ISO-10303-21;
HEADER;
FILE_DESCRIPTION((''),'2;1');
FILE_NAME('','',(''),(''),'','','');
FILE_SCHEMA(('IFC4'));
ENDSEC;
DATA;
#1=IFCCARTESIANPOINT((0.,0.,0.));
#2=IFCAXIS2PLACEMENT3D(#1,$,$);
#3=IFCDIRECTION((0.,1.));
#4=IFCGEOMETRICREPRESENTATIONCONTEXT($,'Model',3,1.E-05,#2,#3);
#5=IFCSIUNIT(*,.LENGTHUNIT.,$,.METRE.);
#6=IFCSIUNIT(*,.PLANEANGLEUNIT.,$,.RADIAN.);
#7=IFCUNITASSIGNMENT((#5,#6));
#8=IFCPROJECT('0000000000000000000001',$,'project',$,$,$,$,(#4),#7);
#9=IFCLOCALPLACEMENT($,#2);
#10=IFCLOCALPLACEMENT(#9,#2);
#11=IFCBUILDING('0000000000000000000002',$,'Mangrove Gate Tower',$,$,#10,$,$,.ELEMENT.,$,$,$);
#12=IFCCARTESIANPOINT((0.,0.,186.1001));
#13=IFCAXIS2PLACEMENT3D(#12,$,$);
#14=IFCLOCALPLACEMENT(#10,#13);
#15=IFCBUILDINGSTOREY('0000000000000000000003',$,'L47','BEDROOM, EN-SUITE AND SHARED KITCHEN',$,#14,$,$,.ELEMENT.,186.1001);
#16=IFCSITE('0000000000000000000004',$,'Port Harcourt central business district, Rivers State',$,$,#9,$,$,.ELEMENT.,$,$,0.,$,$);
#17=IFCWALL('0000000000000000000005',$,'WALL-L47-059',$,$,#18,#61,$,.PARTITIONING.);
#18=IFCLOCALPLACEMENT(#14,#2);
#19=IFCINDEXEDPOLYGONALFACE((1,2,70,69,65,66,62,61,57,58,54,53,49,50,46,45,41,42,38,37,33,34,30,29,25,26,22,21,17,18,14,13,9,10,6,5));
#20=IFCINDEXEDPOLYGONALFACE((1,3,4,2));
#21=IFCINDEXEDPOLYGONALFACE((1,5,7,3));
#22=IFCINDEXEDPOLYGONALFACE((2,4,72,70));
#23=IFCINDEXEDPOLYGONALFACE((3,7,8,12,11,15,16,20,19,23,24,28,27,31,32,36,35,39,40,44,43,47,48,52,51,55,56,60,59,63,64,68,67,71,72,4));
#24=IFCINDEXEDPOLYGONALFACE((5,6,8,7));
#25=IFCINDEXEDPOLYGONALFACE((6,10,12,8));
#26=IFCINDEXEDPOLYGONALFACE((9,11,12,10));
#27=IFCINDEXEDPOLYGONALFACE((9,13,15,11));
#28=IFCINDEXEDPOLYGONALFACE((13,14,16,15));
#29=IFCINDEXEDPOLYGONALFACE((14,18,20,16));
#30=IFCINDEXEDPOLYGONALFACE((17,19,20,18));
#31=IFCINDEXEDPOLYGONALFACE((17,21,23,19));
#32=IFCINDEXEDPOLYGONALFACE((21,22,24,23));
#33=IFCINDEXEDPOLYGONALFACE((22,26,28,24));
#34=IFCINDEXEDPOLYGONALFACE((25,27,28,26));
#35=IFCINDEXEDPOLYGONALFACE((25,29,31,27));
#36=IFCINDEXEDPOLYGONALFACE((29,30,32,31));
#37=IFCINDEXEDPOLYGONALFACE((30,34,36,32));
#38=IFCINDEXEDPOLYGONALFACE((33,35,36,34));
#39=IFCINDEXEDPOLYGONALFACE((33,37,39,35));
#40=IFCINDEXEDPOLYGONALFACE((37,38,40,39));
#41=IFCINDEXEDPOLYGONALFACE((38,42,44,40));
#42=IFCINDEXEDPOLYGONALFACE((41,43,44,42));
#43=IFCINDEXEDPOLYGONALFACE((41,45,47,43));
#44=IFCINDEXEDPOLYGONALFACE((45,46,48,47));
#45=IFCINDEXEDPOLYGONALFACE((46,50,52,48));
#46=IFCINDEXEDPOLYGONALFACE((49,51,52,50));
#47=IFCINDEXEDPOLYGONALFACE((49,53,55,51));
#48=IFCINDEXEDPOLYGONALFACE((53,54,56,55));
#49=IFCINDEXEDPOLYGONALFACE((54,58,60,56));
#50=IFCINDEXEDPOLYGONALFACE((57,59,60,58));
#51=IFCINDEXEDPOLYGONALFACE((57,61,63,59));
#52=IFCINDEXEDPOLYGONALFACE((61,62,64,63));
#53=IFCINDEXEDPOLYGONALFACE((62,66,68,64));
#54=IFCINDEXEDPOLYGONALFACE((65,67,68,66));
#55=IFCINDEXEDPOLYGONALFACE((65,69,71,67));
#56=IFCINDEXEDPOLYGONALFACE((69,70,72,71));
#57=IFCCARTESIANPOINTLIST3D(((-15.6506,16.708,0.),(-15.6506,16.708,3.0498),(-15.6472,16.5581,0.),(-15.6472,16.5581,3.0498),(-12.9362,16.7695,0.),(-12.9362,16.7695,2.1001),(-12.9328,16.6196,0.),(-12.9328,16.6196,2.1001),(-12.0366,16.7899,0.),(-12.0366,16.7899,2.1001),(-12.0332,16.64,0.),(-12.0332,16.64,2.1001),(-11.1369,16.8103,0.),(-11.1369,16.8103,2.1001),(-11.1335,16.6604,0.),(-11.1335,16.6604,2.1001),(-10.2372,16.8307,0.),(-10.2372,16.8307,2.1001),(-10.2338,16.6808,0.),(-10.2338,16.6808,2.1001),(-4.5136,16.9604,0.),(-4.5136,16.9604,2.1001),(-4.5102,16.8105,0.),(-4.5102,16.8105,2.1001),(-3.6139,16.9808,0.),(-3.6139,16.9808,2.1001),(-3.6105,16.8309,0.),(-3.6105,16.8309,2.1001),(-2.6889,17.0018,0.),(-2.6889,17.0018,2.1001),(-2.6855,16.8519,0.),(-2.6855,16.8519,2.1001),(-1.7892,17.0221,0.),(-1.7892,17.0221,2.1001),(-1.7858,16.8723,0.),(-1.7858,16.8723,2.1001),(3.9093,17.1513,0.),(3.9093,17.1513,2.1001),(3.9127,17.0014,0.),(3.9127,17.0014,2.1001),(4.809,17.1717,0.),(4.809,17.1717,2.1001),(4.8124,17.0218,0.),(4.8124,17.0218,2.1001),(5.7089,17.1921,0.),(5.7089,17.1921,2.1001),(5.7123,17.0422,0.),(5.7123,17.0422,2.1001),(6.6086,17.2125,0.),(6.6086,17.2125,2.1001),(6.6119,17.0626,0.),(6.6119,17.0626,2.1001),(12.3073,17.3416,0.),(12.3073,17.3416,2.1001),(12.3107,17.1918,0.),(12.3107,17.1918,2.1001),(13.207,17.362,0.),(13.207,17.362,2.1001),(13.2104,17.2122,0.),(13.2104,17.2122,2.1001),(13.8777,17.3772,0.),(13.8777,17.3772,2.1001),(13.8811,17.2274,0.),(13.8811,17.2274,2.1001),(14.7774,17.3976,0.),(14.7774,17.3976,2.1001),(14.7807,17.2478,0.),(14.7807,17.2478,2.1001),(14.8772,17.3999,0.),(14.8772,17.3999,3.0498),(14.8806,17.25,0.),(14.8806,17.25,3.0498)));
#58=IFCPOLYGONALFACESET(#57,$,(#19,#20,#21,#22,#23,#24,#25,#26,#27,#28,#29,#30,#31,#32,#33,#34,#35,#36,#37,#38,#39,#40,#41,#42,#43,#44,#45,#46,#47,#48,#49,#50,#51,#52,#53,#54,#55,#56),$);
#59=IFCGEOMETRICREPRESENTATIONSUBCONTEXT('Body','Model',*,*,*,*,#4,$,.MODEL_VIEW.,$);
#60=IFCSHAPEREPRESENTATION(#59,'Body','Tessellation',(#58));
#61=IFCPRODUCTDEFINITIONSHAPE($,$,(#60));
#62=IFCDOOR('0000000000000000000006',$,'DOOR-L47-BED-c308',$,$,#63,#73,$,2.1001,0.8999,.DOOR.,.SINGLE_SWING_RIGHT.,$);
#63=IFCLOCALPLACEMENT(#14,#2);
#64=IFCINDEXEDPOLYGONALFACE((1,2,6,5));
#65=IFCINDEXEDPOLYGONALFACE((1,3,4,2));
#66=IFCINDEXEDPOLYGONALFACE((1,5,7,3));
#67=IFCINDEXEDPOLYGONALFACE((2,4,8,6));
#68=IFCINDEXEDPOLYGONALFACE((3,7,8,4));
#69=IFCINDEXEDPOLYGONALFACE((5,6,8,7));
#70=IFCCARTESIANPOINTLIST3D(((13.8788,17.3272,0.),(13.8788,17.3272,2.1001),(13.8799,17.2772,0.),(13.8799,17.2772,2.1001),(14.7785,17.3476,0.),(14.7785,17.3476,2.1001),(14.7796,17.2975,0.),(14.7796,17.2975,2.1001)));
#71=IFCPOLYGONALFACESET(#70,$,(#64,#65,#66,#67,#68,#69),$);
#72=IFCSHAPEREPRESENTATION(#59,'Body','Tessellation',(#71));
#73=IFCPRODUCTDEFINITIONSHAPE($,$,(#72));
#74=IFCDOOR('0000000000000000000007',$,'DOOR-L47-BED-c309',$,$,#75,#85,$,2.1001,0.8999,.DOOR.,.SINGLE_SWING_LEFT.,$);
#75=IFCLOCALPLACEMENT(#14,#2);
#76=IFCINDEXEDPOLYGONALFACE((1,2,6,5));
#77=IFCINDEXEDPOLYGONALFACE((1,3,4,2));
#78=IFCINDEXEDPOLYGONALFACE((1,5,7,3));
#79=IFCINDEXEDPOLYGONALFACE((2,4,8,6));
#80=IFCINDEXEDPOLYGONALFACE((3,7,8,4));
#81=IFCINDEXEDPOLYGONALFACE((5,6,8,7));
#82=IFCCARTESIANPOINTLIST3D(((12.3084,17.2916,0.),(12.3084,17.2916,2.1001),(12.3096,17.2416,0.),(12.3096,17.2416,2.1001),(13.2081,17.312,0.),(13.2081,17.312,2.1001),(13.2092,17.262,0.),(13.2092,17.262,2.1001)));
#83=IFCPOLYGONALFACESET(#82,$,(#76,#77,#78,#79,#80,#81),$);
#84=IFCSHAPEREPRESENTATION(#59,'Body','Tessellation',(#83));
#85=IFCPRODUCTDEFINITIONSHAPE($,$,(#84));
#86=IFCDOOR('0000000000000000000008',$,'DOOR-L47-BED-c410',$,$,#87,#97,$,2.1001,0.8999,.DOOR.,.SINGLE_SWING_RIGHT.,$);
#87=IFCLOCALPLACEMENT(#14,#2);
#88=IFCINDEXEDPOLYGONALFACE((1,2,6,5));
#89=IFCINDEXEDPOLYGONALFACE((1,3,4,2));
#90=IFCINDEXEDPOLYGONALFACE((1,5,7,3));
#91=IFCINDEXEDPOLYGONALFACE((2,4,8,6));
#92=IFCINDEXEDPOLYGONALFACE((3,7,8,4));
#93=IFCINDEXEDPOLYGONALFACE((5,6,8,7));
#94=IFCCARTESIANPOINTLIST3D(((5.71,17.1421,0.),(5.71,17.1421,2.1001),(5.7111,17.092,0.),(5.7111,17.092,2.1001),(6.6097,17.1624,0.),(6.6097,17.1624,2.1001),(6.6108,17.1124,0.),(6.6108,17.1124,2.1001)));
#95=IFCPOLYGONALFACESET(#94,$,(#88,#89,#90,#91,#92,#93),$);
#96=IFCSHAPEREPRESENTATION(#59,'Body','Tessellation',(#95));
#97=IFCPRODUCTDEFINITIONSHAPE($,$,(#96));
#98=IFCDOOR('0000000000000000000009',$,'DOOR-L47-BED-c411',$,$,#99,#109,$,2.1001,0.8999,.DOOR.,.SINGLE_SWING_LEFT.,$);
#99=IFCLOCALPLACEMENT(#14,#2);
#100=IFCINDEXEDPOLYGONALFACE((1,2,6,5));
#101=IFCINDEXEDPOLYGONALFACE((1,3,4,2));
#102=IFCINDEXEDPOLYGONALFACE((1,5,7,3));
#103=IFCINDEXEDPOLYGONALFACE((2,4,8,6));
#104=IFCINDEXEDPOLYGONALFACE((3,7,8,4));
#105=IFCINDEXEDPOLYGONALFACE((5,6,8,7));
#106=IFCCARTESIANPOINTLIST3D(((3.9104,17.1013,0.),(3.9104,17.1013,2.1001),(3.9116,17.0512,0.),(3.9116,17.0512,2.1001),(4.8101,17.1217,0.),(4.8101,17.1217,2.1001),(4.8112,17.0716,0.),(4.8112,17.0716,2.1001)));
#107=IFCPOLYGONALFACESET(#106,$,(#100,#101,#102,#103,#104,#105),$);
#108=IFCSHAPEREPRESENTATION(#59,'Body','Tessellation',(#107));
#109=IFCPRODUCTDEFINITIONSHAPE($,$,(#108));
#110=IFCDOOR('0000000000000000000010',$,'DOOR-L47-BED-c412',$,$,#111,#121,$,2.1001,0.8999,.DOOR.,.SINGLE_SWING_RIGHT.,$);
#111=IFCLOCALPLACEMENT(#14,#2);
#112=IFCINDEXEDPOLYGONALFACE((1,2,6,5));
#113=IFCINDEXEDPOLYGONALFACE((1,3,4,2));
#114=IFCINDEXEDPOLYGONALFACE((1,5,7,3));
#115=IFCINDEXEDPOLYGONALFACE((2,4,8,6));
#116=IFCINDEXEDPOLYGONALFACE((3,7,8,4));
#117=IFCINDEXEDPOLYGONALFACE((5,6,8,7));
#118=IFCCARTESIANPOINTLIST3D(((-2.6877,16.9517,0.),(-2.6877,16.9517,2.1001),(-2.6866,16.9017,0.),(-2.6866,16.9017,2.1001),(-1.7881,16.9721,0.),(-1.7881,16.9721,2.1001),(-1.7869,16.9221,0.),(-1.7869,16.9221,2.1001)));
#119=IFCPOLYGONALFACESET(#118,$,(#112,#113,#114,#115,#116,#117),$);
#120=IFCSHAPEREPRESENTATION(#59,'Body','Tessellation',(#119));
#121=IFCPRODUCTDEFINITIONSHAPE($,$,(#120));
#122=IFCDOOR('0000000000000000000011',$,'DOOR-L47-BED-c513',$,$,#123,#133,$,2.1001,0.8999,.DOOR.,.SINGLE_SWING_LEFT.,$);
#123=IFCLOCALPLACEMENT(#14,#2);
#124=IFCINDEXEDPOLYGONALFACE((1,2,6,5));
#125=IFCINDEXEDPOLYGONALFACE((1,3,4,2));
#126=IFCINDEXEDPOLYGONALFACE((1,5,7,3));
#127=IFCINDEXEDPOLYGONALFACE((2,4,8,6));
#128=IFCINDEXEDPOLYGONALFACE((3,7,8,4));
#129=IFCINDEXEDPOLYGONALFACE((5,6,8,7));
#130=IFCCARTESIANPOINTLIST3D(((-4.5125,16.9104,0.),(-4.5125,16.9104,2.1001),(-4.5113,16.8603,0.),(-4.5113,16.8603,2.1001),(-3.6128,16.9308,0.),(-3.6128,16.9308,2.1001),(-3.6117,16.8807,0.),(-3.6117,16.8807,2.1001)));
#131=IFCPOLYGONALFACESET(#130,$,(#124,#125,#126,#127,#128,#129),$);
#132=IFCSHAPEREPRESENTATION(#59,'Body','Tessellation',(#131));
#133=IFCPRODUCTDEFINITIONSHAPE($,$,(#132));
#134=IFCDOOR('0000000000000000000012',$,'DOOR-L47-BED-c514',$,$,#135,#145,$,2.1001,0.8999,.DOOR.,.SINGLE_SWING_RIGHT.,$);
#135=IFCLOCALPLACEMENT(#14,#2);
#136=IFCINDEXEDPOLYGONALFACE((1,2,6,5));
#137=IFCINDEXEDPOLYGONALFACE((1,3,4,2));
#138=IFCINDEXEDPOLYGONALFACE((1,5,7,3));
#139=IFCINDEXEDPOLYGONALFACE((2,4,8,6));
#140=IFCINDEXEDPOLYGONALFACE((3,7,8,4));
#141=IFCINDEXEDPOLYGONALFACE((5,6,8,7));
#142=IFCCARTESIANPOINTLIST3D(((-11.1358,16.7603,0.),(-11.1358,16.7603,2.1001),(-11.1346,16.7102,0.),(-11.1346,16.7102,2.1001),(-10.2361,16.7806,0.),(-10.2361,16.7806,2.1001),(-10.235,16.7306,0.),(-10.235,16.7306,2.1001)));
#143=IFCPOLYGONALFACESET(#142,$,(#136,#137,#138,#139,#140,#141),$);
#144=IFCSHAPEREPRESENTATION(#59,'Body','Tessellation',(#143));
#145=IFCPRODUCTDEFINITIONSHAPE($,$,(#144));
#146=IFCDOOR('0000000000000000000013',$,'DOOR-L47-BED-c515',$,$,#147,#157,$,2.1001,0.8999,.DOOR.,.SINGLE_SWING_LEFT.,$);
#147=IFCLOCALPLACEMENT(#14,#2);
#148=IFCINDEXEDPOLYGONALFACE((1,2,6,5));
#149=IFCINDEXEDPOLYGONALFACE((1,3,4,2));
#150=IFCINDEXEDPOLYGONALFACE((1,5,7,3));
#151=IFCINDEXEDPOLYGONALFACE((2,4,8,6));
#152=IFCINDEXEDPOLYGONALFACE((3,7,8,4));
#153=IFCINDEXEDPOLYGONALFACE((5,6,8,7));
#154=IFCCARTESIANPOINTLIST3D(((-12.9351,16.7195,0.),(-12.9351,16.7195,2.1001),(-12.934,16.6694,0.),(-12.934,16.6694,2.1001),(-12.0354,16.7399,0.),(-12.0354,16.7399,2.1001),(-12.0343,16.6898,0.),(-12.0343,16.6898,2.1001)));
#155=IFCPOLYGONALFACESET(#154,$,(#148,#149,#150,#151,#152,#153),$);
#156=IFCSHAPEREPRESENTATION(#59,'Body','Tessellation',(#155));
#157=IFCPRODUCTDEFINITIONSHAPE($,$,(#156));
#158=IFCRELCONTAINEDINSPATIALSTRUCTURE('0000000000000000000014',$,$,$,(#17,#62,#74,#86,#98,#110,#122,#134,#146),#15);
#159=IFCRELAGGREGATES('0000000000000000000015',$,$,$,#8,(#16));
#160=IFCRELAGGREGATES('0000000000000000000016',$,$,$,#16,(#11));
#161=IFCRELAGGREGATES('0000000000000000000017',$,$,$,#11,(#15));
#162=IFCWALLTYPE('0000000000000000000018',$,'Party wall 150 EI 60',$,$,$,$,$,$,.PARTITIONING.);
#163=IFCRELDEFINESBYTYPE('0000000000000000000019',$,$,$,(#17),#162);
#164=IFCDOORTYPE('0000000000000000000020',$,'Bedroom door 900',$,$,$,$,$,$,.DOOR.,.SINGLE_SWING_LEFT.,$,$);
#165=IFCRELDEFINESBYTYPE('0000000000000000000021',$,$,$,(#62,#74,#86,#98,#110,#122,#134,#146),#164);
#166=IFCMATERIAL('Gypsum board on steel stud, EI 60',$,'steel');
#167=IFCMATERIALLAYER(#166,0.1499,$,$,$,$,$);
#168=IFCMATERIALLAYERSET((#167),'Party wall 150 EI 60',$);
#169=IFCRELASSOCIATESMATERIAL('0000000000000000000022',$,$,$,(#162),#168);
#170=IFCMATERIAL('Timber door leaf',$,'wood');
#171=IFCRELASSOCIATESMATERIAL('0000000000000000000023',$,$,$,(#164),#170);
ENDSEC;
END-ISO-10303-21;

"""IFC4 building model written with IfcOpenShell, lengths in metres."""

from ifc_helpers import new_model, si_unit, direction, frame, frame_2d, origin, place, context, subcontext, project, spatial, rectangle, extrude, material, layer, layer_set, type_object, element, fill, save


model = new_model("IFC4")

# Units and contexts
model_context = context("Model", 3, precision=1e-05, world=origin(), true_north=direction((0.0, 1.0)))
body_context = subcontext(model_context, "Body", "Model", "MODEL_VIEW")
ifc_project = project(units=[si_unit("LENGTHUNIT", "METRE"), si_unit("PLANEANGLEUNIT", "RADIAN")], contexts=[model_context])

# Site, building, storey
site_placement = place(None, origin())
site = spatial("IfcSite", under=ifc_project, at=site_placement, Name="Port Harcourt central business district, Rivers State", CompositionType="ELEMENT", RefElevation=0.0)
building_placement = place(site_placement, origin())
building = spatial("IfcBuilding", under=site, at=building_placement, Name="Mangrove Gate Tower", CompositionType="ELEMENT")
storey_placement = place(building_placement, frame((0.0, 0.0, 186.1001)))
storey = spatial("IfcBuildingStorey", under=building, at=storey_placement, Name="L47", Description="BEDROOM, EN-SUITE AND SHARED KITCHEN", CompositionType="ELEMENT", Elevation=186.1001)

# Wall, openings, doors
ifc_material_1 = material(Name="Gypsum board on steel stud, EI 60", Category="steel")
ifc_layer_1 = layer(ifc_material_1, 0.1499)
ifc_layer_set_1 = layer_set([ifc_layer_1], Name="Party wall 150 EI 60")
wall_type_1 = type_object("IfcWallType", Name="Party wall 150 EI 60", PredefinedType="PARTITIONING", material=ifc_layer_set_1)
wall_1_placement = place(storey_placement, frame((-15.6489, 16.6331, 0.0), z_axis=(0.0, 0.0, 1.0), x_axis=(0.999743, 0.022659, 0.0)))
wall_1 = element("IfcWall", 1, at=wall_1_placement, inside=storey, type_object=wall_type_1, Name="WALL-L47-059", PredefinedType="PARTITIONING", context=body_context, shape_type="SweptSolid", body=[
    extrude(rectangle(XDim=30.5356, YDim=0.1499, at=frame_2d((15.2678, 0.0))), origin(), (0.0, 0.0, 1.0), 3.0498),
])
opening_1_placement = place(wall_1_placement, frame((29.5359, 0.0, 0.0)))
opening_1 = element("IfcOpeningElement", 2, at=opening_1_placement, cuts=wall_1, PredefinedType="OPENING", context=body_context, shape_type="SweptSolid", body=[
    extrude(rectangle(XDim=0.8999, YDim=2.1001, at=frame_2d((0.45, 1.05))), frame((0.0, 0.085, 0.0), z_axis=(0.0, -1.0, 0.0), x_axis=(1.0, 0.0, 0.0)), (0.0, 0.0, 1.0), 0.1699),
])
opening_2_placement = place(wall_1_placement, frame((27.9651, 0.0, 0.0)))
opening_2 = element("IfcOpeningElement", 3, at=opening_2_placement, cuts=wall_1, PredefinedType="OPENING", context=body_context, shape_type="SweptSolid", body=[
    extrude(rectangle(XDim=0.8999, YDim=2.1001, at=frame_2d((0.45, 1.05))), frame((0.0, 0.085, 0.0), z_axis=(0.0, -1.0, 0.0), x_axis=(1.0, 0.0, 0.0)), (0.0, 0.0, 1.0), 0.1699),
])
opening_3_placement = place(wall_1_placement, frame((21.365, 0.0, 0.0)))
opening_3 = element("IfcOpeningElement", 4, at=opening_3_placement, cuts=wall_1, PredefinedType="OPENING", context=body_context, shape_type="SweptSolid", body=[
    extrude(rectangle(XDim=0.8999, YDim=2.1001, at=frame_2d((0.45, 1.05))), frame((0.0, 0.085, 0.0), z_axis=(0.0, -1.0, 0.0), x_axis=(1.0, 0.0, 0.0)), (0.0, 0.0, 1.0), 0.1699),
])
opening_4_placement = place(wall_1_placement, frame((19.5649, 0.0, 0.0)))
opening_4 = element("IfcOpeningElement", 5, at=opening_4_placement, cuts=wall_1, PredefinedType="OPENING", context=body_context, shape_type="SweptSolid", body=[
    extrude(rectangle(XDim=0.8999, YDim=2.1001, at=frame_2d((0.45, 1.05))), frame((0.0, 0.085, 0.0), z_axis=(0.0, -1.0, 0.0), x_axis=(1.0, 0.0, 0.0)), (0.0, 0.0, 1.0), 0.1699),
])
opening_5_placement = place(wall_1_placement, frame((12.9651, 0.0, 0.0)))
opening_5 = element("IfcOpeningElement", 6, at=opening_5_placement, cuts=wall_1, PredefinedType="OPENING", context=body_context, shape_type="SweptSolid", body=[
    extrude(rectangle(XDim=0.8999, YDim=2.1001, at=frame_2d((0.45, 1.05))), frame((0.0, 0.085, 0.0), z_axis=(0.0, -1.0, 0.0), x_axis=(1.0, 0.0, 0.0)), (0.0, 0.0, 1.0), 0.1699),
])
opening_6_placement = place(wall_1_placement, frame((11.1399, 0.0, 0.0)))
opening_6 = element("IfcOpeningElement", 7, at=opening_6_placement, cuts=wall_1, PredefinedType="OPENING", context=body_context, shape_type="SweptSolid", body=[
    extrude(rectangle(XDim=0.8999, YDim=2.1001, at=frame_2d((0.45, 1.05))), frame((0.0, 0.085, 0.0), z_axis=(0.0, -1.0, 0.0), x_axis=(1.0, 0.0, 0.0)), (0.0, 0.0, 1.0), 0.1699),
])
opening_7_placement = place(wall_1_placement, frame((4.5149, 0.0, 0.0)))
opening_7 = element("IfcOpeningElement", 8, at=opening_7_placement, cuts=wall_1, PredefinedType="OPENING", context=body_context, shape_type="SweptSolid", body=[
    extrude(rectangle(XDim=0.8999, YDim=2.1001, at=frame_2d((0.45, 1.05))), frame((0.0, 0.085, 0.0), z_axis=(0.0, -1.0, 0.0), x_axis=(1.0, 0.0, 0.0)), (0.0, 0.0, 1.0), 0.1699),
])
opening_8_placement = place(wall_1_placement, frame((2.7151, 0.0, 0.0)))
opening_8 = element("IfcOpeningElement", 9, at=opening_8_placement, cuts=wall_1, PredefinedType="OPENING", context=body_context, shape_type="SweptSolid", body=[
    extrude(rectangle(XDim=0.8999, YDim=2.1001, at=frame_2d((0.45, 1.05))), frame((0.0, 0.085, 0.0), z_axis=(0.0, -1.0, 0.0), x_axis=(1.0, 0.0, 0.0)), (0.0, 0.0, 1.0), 0.1699),
])
ifc_material_2 = material(Name="Timber door leaf", Category="wood")
door_type_1 = type_object("IfcDoorType", Name="Bedroom door 900", OperationType="SINGLE_SWING_LEFT", PredefinedType="DOOR", material=ifc_material_2)
door_1_placement = place(opening_1_placement, origin())
door_1 = element("IfcDoor", 10, at=door_1_placement, inside=storey, type_object=door_type_1, Name="DOOR-L47-BED-c308", OperationType="SINGLE_SWING_RIGHT", OverallHeight=2.1001, OverallWidth=0.8999, PredefinedType="DOOR", context=body_context, shape_type="SweptSolid", body=[
    extrude(rectangle(XDim=0.8999, YDim=2.1001, at=frame_2d((0.45, 1.05))), frame((0.0, 0.0249, 0.0), z_axis=(0.0, -1.0, 0.0), x_axis=(1.0, 0.0, 0.0)), (0.0, 0.0, 1.0), 0.05),
])
fill(opening_1, door_1)
door_2_placement = place(opening_2_placement, origin())
door_2 = element("IfcDoor", 11, at=door_2_placement, inside=storey, type_object=door_type_1, Name="DOOR-L47-BED-c309", OperationType="SINGLE_SWING_LEFT", OverallHeight=2.1001, OverallWidth=0.8999, PredefinedType="DOOR", context=body_context, shape_type="SweptSolid", body=[
    extrude(rectangle(XDim=0.8999, YDim=2.1001, at=frame_2d((0.45, 1.05))), frame((0.0, 0.0249, 0.0), z_axis=(0.0, -1.0, 0.0), x_axis=(1.0, 0.0, 0.0)), (0.0, 0.0, 1.0), 0.05),
])
fill(opening_2, door_2)
door_3_placement = place(opening_3_placement, origin())
door_3 = element("IfcDoor", 12, at=door_3_placement, inside=storey, type_object=door_type_1, Name="DOOR-L47-BED-c410", OperationType="SINGLE_SWING_RIGHT", OverallHeight=2.1001, OverallWidth=0.8999, PredefinedType="DOOR", context=body_context, shape_type="SweptSolid", body=[
    extrude(rectangle(XDim=0.8999, YDim=2.1001, at=frame_2d((0.45, 1.05))), frame((0.0, 0.0249, 0.0), z_axis=(0.0, -1.0, 0.0), x_axis=(1.0, 0.0, 0.0)), (0.0, 0.0, 1.0), 0.05),
])
fill(opening_3, door_3)
door_4_placement = place(opening_4_placement, origin())
door_4 = element("IfcDoor", 13, at=door_4_placement, inside=storey, type_object=door_type_1, Name="DOOR-L47-BED-c411", OperationType="SINGLE_SWING_LEFT", OverallHeight=2.1001, OverallWidth=0.8999, PredefinedType="DOOR", context=body_context, shape_type="SweptSolid", body=[
    extrude(rectangle(XDim=0.8999, YDim=2.1001, at=frame_2d((0.45, 1.05))), frame((0.0, 0.0249, 0.0), z_axis=(0.0, -1.0, 0.0), x_axis=(1.0, 0.0, 0.0)), (0.0, 0.0, 1.0), 0.05),
])
fill(opening_4, door_4)
door_5_placement = place(opening_5_placement, origin())
door_5 = element("IfcDoor", 14, at=door_5_placement, inside=storey, type_object=door_type_1, Name="DOOR-L47-BED-c412", OperationType="SINGLE_SWING_RIGHT", OverallHeight=2.1001, OverallWidth=0.8999, PredefinedType="DOOR", context=body_context, shape_type="SweptSolid", body=[
    extrude(rectangle(XDim=0.8999, YDim=2.1001, at=frame_2d((0.45, 1.05))), frame((0.0, 0.0249, 0.0), z_axis=(0.0, -1.0, 0.0), x_axis=(1.0, 0.0, 0.0)), (0.0, 0.0, 1.0), 0.05),
])
fill(opening_5, door_5)
door_6_placement = place(opening_6_placement, origin())
door_6 = element("IfcDoor", 15, at=door_6_placement, inside=storey, type_object=door_type_1, Name="DOOR-L47-BED-c513", OperationType="SINGLE_SWING_LEFT", OverallHeight=2.1001, OverallWidth=0.8999, PredefinedType="DOOR", context=body_context, shape_type="SweptSolid", body=[
    extrude(rectangle(XDim=0.8999, YDim=2.1001, at=frame_2d((0.45, 1.05))), frame((0.0, 0.0249, 0.0), z_axis=(0.0, -1.0, 0.0), x_axis=(1.0, 0.0, 0.0)), (0.0, 0.0, 1.0), 0.05),
])
fill(opening_6, door_6)
door_7_placement = place(opening_7_placement, origin())
door_7 = element("IfcDoor", 16, at=door_7_placement, inside=storey, type_object=door_type_1, Name="DOOR-L47-BED-c514", OperationType="SINGLE_SWING_RIGHT", OverallHeight=2.1001, OverallWidth=0.8999, PredefinedType="DOOR", context=body_context, shape_type="SweptSolid", body=[
    extrude(rectangle(XDim=0.8999, YDim=2.1001, at=frame_2d((0.45, 1.05))), frame((0.0, 0.0249, 0.0), z_axis=(0.0, -1.0, 0.0), x_axis=(1.0, 0.0, 0.0)), (0.0, 0.0, 1.0), 0.05),
])
fill(opening_7, door_7)
door_8_placement = place(opening_8_placement, origin())
door_8 = element("IfcDoor", 17, at=door_8_placement, inside=storey, type_object=door_type_1, Name="DOOR-L47-BED-c515", OperationType="SINGLE_SWING_LEFT", OverallHeight=2.1001, OverallWidth=0.8999, PredefinedType="DOOR", context=body_context, shape_type="SweptSolid", body=[
    extrude(rectangle(XDim=0.8999, YDim=2.1001, at=frame_2d((0.45, 1.05))), frame((0.0, 0.0249, 0.0), z_axis=(0.0, -1.0, 0.0), x_axis=(1.0, 0.0, 0.0)), (0.0, 0.0, 1.0), 0.05),
])
fill(opening_8, door_8)

save(model, "model.ifc")
